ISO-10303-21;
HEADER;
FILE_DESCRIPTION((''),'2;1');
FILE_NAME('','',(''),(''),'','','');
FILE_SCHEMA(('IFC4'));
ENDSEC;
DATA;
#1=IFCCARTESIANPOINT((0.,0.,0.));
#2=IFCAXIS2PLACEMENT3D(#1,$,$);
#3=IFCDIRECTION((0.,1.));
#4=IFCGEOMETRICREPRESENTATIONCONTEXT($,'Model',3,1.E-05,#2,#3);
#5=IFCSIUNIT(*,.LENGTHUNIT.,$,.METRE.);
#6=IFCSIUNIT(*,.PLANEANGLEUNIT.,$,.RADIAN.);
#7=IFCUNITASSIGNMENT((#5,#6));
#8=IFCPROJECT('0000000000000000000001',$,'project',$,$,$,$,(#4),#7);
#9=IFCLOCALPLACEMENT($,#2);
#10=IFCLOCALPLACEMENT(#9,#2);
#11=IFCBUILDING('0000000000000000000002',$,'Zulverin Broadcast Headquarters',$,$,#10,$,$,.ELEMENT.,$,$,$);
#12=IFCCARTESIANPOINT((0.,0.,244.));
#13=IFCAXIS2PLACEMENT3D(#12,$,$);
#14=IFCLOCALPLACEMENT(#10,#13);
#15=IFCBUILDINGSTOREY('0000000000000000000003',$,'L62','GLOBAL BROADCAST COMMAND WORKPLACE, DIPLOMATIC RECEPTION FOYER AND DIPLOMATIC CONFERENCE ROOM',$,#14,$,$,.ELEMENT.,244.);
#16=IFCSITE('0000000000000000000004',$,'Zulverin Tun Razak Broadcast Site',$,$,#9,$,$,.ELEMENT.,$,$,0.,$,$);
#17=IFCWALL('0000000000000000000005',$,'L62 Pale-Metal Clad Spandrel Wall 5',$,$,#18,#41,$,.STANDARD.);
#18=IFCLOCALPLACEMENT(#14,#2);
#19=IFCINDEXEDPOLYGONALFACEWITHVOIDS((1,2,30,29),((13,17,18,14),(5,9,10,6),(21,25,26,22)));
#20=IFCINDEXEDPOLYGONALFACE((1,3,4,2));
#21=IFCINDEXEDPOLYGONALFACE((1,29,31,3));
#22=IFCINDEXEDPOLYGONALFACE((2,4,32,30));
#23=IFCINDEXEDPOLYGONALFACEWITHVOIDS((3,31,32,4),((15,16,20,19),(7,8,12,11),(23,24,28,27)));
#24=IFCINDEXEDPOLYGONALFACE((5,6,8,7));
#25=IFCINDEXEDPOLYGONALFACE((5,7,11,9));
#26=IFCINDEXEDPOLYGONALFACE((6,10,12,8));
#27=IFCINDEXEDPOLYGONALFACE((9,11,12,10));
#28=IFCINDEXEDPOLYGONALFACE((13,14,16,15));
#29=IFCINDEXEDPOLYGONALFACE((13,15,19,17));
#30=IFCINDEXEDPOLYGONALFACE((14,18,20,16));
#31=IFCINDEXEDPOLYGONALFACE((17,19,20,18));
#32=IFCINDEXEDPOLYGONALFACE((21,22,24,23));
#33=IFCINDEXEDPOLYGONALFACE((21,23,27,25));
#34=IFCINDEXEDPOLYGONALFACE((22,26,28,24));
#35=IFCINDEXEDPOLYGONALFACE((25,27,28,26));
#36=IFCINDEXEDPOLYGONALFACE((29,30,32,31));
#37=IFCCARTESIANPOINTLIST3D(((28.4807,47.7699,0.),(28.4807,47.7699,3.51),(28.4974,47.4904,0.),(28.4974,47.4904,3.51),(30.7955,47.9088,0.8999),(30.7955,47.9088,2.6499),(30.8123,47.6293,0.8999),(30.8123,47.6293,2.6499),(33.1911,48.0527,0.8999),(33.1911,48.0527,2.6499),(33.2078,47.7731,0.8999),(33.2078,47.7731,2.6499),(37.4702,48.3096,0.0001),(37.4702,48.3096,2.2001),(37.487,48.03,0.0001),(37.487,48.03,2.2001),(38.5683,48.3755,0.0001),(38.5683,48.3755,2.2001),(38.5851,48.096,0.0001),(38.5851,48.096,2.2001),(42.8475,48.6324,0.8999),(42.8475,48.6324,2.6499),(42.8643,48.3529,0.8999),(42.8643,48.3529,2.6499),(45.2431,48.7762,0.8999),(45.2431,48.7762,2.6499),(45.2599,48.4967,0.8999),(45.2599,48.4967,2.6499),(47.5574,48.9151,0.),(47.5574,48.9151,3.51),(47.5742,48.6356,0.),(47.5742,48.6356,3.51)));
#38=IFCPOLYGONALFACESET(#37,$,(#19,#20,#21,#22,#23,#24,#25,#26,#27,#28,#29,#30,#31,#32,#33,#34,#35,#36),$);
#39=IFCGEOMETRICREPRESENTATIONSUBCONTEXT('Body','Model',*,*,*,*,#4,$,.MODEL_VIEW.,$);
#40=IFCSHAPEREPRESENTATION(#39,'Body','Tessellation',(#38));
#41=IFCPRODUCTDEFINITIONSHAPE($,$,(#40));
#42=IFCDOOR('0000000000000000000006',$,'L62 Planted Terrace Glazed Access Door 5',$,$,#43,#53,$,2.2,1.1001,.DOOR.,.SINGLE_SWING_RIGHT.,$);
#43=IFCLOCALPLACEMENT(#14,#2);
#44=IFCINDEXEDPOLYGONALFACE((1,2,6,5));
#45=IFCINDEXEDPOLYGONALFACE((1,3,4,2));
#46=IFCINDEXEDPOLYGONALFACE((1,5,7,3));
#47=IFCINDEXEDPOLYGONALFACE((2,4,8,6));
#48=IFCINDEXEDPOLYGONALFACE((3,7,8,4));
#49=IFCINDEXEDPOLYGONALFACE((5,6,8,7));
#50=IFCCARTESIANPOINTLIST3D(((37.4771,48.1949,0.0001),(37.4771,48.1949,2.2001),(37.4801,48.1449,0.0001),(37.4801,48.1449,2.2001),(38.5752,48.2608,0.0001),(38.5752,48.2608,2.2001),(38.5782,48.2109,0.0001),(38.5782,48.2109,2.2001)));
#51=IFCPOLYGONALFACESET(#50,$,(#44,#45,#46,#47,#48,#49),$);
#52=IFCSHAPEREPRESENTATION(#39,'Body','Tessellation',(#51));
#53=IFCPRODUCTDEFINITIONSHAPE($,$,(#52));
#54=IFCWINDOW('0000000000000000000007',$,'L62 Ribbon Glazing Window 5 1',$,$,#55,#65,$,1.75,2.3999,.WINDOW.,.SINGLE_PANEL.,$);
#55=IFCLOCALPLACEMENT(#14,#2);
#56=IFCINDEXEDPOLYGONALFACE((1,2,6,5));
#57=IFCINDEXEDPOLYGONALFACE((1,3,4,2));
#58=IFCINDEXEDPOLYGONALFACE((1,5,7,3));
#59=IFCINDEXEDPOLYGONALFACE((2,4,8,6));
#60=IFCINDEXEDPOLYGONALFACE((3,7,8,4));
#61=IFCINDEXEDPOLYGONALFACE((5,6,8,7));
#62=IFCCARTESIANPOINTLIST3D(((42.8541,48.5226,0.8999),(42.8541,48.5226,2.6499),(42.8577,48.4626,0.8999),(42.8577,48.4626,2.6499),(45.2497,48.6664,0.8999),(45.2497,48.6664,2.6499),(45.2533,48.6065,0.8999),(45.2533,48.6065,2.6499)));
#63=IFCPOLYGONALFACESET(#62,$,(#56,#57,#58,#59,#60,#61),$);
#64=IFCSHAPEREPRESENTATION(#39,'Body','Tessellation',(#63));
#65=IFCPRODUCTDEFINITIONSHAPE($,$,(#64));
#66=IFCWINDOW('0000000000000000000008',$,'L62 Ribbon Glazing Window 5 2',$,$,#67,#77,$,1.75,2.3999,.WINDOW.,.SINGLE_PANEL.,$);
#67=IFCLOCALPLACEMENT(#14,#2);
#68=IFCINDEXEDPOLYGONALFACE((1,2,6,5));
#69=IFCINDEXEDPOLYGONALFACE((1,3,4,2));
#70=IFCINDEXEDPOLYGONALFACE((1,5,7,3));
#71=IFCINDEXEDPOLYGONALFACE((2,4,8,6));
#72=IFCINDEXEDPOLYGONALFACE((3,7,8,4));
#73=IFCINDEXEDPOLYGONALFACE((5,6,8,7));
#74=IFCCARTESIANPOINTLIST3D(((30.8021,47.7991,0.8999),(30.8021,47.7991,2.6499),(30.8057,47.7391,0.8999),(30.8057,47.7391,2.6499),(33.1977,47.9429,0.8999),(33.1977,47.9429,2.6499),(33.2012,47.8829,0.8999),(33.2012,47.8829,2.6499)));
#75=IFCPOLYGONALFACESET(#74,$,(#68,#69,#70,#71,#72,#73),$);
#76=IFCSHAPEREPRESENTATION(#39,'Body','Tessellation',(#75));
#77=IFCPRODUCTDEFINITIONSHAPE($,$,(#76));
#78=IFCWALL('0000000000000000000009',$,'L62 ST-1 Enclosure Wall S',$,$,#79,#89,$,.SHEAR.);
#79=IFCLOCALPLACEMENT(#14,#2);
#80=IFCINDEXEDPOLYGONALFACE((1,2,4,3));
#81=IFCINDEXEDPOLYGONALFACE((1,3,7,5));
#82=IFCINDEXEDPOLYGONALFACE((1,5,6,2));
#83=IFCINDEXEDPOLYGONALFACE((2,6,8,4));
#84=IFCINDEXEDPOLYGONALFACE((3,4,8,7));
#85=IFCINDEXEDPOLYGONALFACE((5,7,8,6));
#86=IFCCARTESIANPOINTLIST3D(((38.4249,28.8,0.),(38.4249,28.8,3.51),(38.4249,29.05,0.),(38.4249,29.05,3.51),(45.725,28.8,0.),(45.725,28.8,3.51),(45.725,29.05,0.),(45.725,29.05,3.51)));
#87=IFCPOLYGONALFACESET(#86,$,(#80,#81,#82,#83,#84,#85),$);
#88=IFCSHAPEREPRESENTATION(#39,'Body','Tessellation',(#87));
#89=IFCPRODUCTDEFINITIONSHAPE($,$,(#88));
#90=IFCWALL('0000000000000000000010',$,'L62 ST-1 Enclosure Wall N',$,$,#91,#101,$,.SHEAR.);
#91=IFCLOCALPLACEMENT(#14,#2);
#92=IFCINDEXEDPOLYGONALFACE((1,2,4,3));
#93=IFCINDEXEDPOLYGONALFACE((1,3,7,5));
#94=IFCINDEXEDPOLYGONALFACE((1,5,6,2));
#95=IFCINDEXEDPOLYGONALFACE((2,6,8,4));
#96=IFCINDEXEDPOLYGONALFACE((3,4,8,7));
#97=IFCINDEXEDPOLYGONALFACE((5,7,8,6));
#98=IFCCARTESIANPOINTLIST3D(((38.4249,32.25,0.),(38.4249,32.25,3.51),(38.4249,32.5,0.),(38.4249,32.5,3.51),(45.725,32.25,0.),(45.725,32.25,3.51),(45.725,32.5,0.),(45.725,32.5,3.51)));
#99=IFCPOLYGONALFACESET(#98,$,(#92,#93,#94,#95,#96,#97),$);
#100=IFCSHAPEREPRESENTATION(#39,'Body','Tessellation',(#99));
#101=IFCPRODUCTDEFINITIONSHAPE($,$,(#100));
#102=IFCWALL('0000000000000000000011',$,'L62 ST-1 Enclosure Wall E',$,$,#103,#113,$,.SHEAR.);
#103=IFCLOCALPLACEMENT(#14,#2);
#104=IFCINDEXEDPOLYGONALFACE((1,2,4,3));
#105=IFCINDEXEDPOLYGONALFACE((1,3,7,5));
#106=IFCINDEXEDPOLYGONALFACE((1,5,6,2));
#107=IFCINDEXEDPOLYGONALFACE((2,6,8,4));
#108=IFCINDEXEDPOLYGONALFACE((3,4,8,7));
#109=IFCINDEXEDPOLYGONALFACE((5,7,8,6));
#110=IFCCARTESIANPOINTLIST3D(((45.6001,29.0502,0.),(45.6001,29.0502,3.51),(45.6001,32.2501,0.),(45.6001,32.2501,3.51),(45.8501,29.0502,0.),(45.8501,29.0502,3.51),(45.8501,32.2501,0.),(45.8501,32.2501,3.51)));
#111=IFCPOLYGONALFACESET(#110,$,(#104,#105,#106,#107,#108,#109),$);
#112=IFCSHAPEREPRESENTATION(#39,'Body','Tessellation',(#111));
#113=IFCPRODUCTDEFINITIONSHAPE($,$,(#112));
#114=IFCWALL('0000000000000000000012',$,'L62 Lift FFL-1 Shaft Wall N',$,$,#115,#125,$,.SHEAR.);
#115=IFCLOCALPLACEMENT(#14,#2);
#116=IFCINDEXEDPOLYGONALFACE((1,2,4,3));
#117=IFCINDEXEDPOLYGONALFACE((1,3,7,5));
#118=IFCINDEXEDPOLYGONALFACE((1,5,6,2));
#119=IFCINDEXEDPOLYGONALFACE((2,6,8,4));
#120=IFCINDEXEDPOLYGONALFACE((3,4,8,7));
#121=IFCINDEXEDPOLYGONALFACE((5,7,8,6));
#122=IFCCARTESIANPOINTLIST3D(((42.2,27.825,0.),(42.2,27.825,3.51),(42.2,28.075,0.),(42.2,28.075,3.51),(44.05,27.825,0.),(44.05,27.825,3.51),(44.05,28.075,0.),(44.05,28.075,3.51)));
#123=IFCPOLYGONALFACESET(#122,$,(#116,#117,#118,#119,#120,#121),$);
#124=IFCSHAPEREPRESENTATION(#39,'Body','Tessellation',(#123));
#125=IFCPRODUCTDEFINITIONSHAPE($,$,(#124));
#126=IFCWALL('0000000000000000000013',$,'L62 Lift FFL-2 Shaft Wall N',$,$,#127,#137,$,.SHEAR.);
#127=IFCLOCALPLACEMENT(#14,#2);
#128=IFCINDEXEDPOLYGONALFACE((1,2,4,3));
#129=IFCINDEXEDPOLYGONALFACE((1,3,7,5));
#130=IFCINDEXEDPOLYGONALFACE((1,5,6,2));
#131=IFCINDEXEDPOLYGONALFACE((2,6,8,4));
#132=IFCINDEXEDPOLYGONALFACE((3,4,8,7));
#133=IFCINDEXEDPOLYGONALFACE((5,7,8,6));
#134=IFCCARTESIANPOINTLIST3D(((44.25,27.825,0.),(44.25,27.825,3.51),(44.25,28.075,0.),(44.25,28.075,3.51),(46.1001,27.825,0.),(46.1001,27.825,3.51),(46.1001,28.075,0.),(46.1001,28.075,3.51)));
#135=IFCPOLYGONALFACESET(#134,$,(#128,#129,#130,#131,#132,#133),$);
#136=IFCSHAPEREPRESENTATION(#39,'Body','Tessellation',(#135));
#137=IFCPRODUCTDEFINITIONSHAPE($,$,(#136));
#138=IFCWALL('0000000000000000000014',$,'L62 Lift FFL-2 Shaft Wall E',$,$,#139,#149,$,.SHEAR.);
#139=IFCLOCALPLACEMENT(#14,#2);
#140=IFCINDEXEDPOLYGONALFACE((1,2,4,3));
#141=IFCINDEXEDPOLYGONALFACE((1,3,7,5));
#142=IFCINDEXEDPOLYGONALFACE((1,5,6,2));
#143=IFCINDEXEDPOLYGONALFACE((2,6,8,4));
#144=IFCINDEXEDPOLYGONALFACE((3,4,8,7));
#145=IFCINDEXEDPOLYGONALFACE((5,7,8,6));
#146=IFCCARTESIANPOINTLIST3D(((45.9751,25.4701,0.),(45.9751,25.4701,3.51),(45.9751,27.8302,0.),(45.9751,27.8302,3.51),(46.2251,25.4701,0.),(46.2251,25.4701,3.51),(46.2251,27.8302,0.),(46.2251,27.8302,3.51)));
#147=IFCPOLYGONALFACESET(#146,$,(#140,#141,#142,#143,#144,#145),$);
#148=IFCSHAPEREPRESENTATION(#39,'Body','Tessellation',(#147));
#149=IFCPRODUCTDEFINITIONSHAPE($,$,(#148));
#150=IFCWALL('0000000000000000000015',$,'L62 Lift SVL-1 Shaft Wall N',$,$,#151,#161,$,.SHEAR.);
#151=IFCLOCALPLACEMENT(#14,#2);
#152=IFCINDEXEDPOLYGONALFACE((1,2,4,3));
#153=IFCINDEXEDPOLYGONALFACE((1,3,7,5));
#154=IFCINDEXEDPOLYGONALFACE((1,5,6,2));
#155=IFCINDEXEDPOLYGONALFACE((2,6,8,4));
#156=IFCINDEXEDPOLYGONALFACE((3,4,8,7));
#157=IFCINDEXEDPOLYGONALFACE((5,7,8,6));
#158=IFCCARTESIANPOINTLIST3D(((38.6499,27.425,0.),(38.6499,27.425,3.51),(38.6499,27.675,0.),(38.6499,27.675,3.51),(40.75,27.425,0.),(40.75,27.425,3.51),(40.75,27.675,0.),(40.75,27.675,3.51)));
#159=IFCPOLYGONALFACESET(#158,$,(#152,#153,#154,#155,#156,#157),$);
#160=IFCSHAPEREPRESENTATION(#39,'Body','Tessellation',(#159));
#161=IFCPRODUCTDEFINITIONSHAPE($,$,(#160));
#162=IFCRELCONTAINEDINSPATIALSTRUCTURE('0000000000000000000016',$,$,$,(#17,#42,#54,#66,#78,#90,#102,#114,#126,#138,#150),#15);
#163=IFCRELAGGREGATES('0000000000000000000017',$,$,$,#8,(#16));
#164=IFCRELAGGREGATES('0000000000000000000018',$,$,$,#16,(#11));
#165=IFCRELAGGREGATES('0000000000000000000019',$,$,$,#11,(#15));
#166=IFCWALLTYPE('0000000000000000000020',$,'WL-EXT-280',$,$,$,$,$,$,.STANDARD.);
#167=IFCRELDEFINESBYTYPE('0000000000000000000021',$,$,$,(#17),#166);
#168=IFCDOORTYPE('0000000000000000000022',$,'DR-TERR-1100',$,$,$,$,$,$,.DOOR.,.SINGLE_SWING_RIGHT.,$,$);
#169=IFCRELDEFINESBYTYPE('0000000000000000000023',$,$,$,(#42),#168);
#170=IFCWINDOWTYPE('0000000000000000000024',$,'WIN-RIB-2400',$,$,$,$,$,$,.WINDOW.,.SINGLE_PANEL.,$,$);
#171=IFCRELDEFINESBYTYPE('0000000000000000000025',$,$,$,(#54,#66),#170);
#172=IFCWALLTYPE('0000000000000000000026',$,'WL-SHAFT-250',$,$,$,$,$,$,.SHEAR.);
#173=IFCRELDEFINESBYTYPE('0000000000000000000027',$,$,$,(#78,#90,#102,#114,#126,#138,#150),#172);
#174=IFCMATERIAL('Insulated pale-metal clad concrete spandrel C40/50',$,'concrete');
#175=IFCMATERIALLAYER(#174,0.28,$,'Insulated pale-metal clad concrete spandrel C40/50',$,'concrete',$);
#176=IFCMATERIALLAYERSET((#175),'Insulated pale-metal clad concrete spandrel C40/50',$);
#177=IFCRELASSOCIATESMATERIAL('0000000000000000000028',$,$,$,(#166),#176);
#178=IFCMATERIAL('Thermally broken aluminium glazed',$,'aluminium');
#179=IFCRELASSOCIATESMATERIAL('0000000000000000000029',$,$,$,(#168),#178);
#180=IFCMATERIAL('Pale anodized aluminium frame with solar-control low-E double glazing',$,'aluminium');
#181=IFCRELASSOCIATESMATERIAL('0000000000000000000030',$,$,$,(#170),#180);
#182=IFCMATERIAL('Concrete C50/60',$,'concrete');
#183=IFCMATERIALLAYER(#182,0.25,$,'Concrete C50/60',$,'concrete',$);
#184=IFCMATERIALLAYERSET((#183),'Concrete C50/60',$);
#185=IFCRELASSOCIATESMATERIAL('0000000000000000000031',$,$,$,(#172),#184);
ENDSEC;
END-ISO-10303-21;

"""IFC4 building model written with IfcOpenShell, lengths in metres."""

from ifc_helpers import new_model, si_unit, direction, frame, frame_2d, origin, place, context, subcontext, project, spatial, rectangle, extrude, material, layer, layer_set, type_object, element, fill, save


model = new_model("IFC4")

# Units and contexts
model_context = context("Model", 3, precision=1e-05, world=origin(), true_north=direction((0.0, 1.0)))
body_context = subcontext(model_context, "Body", "Model", "MODEL_VIEW")
ifc_project = project(units=[si_unit("LENGTHUNIT", "METRE"), si_unit("PLANEANGLEUNIT", "RADIAN")], contexts=[model_context])

# Site, building, storey
site_placement = place(None, origin())
site = spatial("IfcSite", under=ifc_project, at=site_placement, Name="Zulverin Tun Razak Broadcast Site", CompositionType="ELEMENT", RefElevation=0.0)
building_placement = place(site_placement, origin())
building = spatial("IfcBuilding", under=site, at=building_placement, Name="Zulverin Broadcast Headquarters", CompositionType="ELEMENT")
storey_placement = place(building_placement, frame((0.0, 0.0, 244.0)))
storey = spatial("IfcBuildingStorey", under=building, at=storey_placement, Name="L62", Description="GLOBAL BROADCAST COMMAND WORKPLACE, DIPLOMATIC RECEPTION FOYER AND DIPLOMATIC CONFERENCE ROOM", CompositionType="ELEMENT", Elevation=244.0)

# Shared definitions
ifc_material_1 = material(Name="Concrete C50/60", Category="concrete")

# Wall, openings, door, windows
ifc_material_2 = material(Name="Insulated pale-metal clad concrete spandrel C40/50", Category="concrete")
ifc_layer_1 = layer(ifc_material_2, 0.28, Name="Insulated pale-metal clad concrete spandrel C40/50", Category="concrete")
ifc_layer_set_1 = layer_set([ifc_layer_1], Name="Insulated pale-metal clad concrete spandrel C40/50")
wall_type_1 = type_object("IfcWallType", Name="WL-EXT-280", PredefinedType="STANDARD", material=ifc_layer_set_1)
wall_1_placement = place(storey_placement, frame((47.5659, 48.7754, 0.0), z_axis=(0.0, 0.0, 1.0), x_axis=(-0.998203, -0.059927, 0.0)))
wall_1 = element("IfcWall", 1, at=wall_1_placement, inside=storey, type_object=wall_type_1, Name="L62 Pale-Metal Clad Spandrel Wall 5", PredefinedType="STANDARD", context=body_context, shape_type="SweptSolid", body=[
    extrude(rectangle(XDim=19.1111, YDim=0.28, at=frame_2d((9.5557, 0.0))), origin(), (0.0, 0.0, 1.0), 3.51),
])
opening_1_placement = place(wall_1_placement, frame((9.0054, 0.0, 0.0)))
opening_1 = element("IfcOpeningElement", 2, at=opening_1_placement, cuts=wall_1, PredefinedType="OPENING", context=body_context, shape_type="SweptSolid", body=[
    extrude(rectangle(XDim=1.1001, YDim=2.2, at=frame_2d((0.55, 1.1001))), frame((0.0, 0.1499, 0.0), z_axis=(0.0, -1.0, 0.0), x_axis=(1.0, 0.0, 0.0)), (0.0, 0.0, 1.0), 0.3),
])
opening_2_placement = place(wall_1_placement, frame((2.3186, 0.0, 0.8999)))
opening_2 = element("IfcOpeningElement", 3, at=opening_2_placement, cuts=wall_1, PredefinedType="OPENING", context=body_context, shape_type="SweptSolid", body=[
    extrude(rectangle(XDim=2.3999, YDim=1.75, at=frame_2d((1.2, 0.875))), frame((0.0, 0.1499, 0.0), z_axis=(0.0, -1.0, 0.0), x_axis=(1.0, 0.0, 0.0)), (0.0, 0.0, 1.0), 0.3),
])
opening_3_placement = place(wall_1_placement, frame((14.3923, 0.0, 0.8999)))
opening_3 = element("IfcOpeningElement", 4, at=opening_3_placement, cuts=wall_1, PredefinedType="OPENING", context=body_context, shape_type="SweptSolid", body=[
    extrude(rectangle(XDim=2.3999, YDim=1.75, at=frame_2d((1.2, 0.875))), frame((0.0, 0.1499, 0.0), z_axis=(0.0, -1.0, 0.0), x_axis=(1.0, 0.0, 0.0)), (0.0, 0.0, 1.0), 0.3),
])
ifc_material_3 = material(Name="Thermally broken aluminium glazed", Category="aluminium")
door_type_1 = type_object("IfcDoorType", Name="DR-TERR-1100", OperationType="SINGLE_SWING_RIGHT", PredefinedType="DOOR", material=ifc_material_3)
door_1_placement = place(opening_1_placement, origin())
door_1 = element("IfcDoor", 5, at=door_1_placement, inside=storey, type_object=door_type_1, Name="L62 Planted Terrace Glazed Access Door 5", OperationType="SINGLE_SWING_RIGHT", OverallHeight=2.2, OverallWidth=1.1001, PredefinedType="DOOR", context=body_context, shape_type="SweptSolid", body=[
    extrude(rectangle(XDim=1.1001, YDim=2.2, at=frame_2d((0.55, 1.1001))), frame((0.0, 0.0249, 0.0), z_axis=(0.0, -1.0, 0.0), x_axis=(1.0, 0.0, 0.0)), (0.0, 0.0, 1.0), 0.05),
])
fill(opening_1, door_1)
ifc_material_4 = material(Name="Pale anodized aluminium frame with solar-control low-E double glazing", Category="aluminium")
window_type = type_object("IfcWindowType", Name="WIN-RIB-2400", PartitioningType="SINGLE_PANEL", PredefinedType="WINDOW", material=ifc_material_4)
window_1_placement = place(opening_2_placement, origin())
window_1 = element("IfcWindow", 6, at=window_1_placement, inside=storey, type_object=window_type, Name="L62 Ribbon Glazing Window 5 1", OverallHeight=1.75, OverallWidth=2.3999, PartitioningType="SINGLE_PANEL", PredefinedType="WINDOW", context=body_context, shape_type="SweptSolid", body=[
    extrude(rectangle(XDim=2.3999, YDim=1.75, at=frame_2d((1.2, 0.875))), frame((0.0, 0.03, 0.0), z_axis=(0.0, -1.0, 0.0), x_axis=(1.0, 0.0, 0.0)), (0.0, 0.0, 1.0), 0.0601),
])
fill(opening_2, window_1)
window_2_placement = place(opening_3_placement, origin())
window_2 = element("IfcWindow", 7, at=window_2_placement, inside=storey, type_object=window_type, Name="L62 Ribbon Glazing Window 5 2", OverallHeight=1.75, OverallWidth=2.3999, PartitioningType="SINGLE_PANEL", PredefinedType="WINDOW", context=body_context, shape_type="SweptSolid", body=[
    extrude(rectangle(XDim=2.3999, YDim=1.75, at=frame_2d((1.2, 0.875))), frame((0.0, 0.03, 0.0), z_axis=(0.0, -1.0, 0.0), x_axis=(1.0, 0.0, 0.0)), (0.0, 0.0, 1.0), 0.0601),
])
fill(opening_3, window_2)

# Walls
ifc_layer_2 = layer(ifc_material_1, 0.25, Name="Concrete C50/60", Category="concrete")
ifc_layer_set_2 = layer_set([ifc_layer_2], Name="Concrete C50/60")
wall_type_2 = type_object("IfcWallType", Name="WL-SHAFT-250", PredefinedType="SHEAR", material=ifc_layer_set_2)
for number, where, z_axis, x_axis, name in (
    (8, (38.425, 28.925, 0.0), (0.0, 0.0, 1.0), (1.0, 0.0, 0.0), "L62 ST-1 Enclosure Wall S"),
    (9, (38.425, 32.375, 0.0), (0.0, 0.0, 1.0), (1.0, 0.0, 0.0), "L62 ST-1 Enclosure Wall N"),
):
    element("IfcWall", number, at=place(storey_placement, frame(where, z_axis=z_axis, x_axis=x_axis)), inside=storey, type_object=wall_type_2, Name=name, PredefinedType="SHEAR", context=body_context, shape_type="SweptSolid", body=[
        extrude(rectangle(XDim=7.3, YDim=0.25, at=frame_2d((3.6499, 0.0))), origin(), (0.0, 0.0, 1.0), 3.51),
    ])

# Walls
wall_2_placement = place(storey_placement, frame((45.7251, 29.05, 0.0), z_axis=(0.0, 0.0, 1.0), x_axis=(0.0, 1.0, 0.0)))
element("IfcWall", 10, at=wall_2_placement, inside=storey, type_object=wall_type_2, Name="L62 ST-1 Enclosure Wall E", PredefinedType="SHEAR", context=body_context, shape_type="SweptSolid", body=[
    extrude(rectangle(XDim=3.2, YDim=0.25, at=frame_2d((1.6001, 0.0))), origin(), (0.0, 0.0, 1.0), 3.51),
])
for number, where, z_axis, x_axis, name in (
    (11, (42.2, 27.95, 0.0), (0.0, 0.0, 1.0), (1.0, 0.0, 0.0), "L62 Lift FFL-1 Shaft Wall N"),
    (12, (44.25, 27.95, 0.0), (0.0, 0.0, 1.0), (1.0, 0.0, 0.0), "L62 Lift FFL-2 Shaft Wall N"),
):
    element("IfcWall", number, at=place(storey_placement, frame(where, z_axis=z_axis, x_axis=x_axis)), inside=storey, type_object=wall_type_2, Name=name, PredefinedType="SHEAR", context=body_context, shape_type="SweptSolid", body=[
        extrude(rectangle(XDim=1.8501, YDim=0.25, at=frame_2d((0.925, 0.0))), origin(), (0.0, 0.0, 1.0), 3.51),
    ])
wall_3_placement = place(storey_placement, frame((46.1001, 25.47, 0.0), z_axis=(0.0, 0.0, 1.0), x_axis=(0.0, 1.0, 0.0)))
element("IfcWall", 13, at=wall_3_placement, inside=storey, type_object=wall_type_2, Name="L62 Lift FFL-2 Shaft Wall E", PredefinedType="SHEAR", context=body_context, shape_type="SweptSolid", body=[
    extrude(rectangle(XDim=2.3601, YDim=0.25, at=frame_2d((1.1802, 0.0))), origin(), (0.0, 0.0, 1.0), 3.51),
])
wall_4_placement = place(storey_placement, frame((38.6499, 27.55, 0.0), z_axis=(0.0, 0.0, 1.0), x_axis=(1.0, 0.0, 0.0)))
element("IfcWall", 14, at=wall_4_placement, inside=storey, type_object=wall_type_2, Name="L62 Lift SVL-1 Shaft Wall N", PredefinedType="SHEAR", context=body_context, shape_type="SweptSolid", body=[
    extrude(rectangle(XDim=2.1001, YDim=0.25, at=frame_2d((1.05, 0.0))), origin(), (0.0, 0.0, 1.0), 3.51),
])

save(model, "model.ifc")
